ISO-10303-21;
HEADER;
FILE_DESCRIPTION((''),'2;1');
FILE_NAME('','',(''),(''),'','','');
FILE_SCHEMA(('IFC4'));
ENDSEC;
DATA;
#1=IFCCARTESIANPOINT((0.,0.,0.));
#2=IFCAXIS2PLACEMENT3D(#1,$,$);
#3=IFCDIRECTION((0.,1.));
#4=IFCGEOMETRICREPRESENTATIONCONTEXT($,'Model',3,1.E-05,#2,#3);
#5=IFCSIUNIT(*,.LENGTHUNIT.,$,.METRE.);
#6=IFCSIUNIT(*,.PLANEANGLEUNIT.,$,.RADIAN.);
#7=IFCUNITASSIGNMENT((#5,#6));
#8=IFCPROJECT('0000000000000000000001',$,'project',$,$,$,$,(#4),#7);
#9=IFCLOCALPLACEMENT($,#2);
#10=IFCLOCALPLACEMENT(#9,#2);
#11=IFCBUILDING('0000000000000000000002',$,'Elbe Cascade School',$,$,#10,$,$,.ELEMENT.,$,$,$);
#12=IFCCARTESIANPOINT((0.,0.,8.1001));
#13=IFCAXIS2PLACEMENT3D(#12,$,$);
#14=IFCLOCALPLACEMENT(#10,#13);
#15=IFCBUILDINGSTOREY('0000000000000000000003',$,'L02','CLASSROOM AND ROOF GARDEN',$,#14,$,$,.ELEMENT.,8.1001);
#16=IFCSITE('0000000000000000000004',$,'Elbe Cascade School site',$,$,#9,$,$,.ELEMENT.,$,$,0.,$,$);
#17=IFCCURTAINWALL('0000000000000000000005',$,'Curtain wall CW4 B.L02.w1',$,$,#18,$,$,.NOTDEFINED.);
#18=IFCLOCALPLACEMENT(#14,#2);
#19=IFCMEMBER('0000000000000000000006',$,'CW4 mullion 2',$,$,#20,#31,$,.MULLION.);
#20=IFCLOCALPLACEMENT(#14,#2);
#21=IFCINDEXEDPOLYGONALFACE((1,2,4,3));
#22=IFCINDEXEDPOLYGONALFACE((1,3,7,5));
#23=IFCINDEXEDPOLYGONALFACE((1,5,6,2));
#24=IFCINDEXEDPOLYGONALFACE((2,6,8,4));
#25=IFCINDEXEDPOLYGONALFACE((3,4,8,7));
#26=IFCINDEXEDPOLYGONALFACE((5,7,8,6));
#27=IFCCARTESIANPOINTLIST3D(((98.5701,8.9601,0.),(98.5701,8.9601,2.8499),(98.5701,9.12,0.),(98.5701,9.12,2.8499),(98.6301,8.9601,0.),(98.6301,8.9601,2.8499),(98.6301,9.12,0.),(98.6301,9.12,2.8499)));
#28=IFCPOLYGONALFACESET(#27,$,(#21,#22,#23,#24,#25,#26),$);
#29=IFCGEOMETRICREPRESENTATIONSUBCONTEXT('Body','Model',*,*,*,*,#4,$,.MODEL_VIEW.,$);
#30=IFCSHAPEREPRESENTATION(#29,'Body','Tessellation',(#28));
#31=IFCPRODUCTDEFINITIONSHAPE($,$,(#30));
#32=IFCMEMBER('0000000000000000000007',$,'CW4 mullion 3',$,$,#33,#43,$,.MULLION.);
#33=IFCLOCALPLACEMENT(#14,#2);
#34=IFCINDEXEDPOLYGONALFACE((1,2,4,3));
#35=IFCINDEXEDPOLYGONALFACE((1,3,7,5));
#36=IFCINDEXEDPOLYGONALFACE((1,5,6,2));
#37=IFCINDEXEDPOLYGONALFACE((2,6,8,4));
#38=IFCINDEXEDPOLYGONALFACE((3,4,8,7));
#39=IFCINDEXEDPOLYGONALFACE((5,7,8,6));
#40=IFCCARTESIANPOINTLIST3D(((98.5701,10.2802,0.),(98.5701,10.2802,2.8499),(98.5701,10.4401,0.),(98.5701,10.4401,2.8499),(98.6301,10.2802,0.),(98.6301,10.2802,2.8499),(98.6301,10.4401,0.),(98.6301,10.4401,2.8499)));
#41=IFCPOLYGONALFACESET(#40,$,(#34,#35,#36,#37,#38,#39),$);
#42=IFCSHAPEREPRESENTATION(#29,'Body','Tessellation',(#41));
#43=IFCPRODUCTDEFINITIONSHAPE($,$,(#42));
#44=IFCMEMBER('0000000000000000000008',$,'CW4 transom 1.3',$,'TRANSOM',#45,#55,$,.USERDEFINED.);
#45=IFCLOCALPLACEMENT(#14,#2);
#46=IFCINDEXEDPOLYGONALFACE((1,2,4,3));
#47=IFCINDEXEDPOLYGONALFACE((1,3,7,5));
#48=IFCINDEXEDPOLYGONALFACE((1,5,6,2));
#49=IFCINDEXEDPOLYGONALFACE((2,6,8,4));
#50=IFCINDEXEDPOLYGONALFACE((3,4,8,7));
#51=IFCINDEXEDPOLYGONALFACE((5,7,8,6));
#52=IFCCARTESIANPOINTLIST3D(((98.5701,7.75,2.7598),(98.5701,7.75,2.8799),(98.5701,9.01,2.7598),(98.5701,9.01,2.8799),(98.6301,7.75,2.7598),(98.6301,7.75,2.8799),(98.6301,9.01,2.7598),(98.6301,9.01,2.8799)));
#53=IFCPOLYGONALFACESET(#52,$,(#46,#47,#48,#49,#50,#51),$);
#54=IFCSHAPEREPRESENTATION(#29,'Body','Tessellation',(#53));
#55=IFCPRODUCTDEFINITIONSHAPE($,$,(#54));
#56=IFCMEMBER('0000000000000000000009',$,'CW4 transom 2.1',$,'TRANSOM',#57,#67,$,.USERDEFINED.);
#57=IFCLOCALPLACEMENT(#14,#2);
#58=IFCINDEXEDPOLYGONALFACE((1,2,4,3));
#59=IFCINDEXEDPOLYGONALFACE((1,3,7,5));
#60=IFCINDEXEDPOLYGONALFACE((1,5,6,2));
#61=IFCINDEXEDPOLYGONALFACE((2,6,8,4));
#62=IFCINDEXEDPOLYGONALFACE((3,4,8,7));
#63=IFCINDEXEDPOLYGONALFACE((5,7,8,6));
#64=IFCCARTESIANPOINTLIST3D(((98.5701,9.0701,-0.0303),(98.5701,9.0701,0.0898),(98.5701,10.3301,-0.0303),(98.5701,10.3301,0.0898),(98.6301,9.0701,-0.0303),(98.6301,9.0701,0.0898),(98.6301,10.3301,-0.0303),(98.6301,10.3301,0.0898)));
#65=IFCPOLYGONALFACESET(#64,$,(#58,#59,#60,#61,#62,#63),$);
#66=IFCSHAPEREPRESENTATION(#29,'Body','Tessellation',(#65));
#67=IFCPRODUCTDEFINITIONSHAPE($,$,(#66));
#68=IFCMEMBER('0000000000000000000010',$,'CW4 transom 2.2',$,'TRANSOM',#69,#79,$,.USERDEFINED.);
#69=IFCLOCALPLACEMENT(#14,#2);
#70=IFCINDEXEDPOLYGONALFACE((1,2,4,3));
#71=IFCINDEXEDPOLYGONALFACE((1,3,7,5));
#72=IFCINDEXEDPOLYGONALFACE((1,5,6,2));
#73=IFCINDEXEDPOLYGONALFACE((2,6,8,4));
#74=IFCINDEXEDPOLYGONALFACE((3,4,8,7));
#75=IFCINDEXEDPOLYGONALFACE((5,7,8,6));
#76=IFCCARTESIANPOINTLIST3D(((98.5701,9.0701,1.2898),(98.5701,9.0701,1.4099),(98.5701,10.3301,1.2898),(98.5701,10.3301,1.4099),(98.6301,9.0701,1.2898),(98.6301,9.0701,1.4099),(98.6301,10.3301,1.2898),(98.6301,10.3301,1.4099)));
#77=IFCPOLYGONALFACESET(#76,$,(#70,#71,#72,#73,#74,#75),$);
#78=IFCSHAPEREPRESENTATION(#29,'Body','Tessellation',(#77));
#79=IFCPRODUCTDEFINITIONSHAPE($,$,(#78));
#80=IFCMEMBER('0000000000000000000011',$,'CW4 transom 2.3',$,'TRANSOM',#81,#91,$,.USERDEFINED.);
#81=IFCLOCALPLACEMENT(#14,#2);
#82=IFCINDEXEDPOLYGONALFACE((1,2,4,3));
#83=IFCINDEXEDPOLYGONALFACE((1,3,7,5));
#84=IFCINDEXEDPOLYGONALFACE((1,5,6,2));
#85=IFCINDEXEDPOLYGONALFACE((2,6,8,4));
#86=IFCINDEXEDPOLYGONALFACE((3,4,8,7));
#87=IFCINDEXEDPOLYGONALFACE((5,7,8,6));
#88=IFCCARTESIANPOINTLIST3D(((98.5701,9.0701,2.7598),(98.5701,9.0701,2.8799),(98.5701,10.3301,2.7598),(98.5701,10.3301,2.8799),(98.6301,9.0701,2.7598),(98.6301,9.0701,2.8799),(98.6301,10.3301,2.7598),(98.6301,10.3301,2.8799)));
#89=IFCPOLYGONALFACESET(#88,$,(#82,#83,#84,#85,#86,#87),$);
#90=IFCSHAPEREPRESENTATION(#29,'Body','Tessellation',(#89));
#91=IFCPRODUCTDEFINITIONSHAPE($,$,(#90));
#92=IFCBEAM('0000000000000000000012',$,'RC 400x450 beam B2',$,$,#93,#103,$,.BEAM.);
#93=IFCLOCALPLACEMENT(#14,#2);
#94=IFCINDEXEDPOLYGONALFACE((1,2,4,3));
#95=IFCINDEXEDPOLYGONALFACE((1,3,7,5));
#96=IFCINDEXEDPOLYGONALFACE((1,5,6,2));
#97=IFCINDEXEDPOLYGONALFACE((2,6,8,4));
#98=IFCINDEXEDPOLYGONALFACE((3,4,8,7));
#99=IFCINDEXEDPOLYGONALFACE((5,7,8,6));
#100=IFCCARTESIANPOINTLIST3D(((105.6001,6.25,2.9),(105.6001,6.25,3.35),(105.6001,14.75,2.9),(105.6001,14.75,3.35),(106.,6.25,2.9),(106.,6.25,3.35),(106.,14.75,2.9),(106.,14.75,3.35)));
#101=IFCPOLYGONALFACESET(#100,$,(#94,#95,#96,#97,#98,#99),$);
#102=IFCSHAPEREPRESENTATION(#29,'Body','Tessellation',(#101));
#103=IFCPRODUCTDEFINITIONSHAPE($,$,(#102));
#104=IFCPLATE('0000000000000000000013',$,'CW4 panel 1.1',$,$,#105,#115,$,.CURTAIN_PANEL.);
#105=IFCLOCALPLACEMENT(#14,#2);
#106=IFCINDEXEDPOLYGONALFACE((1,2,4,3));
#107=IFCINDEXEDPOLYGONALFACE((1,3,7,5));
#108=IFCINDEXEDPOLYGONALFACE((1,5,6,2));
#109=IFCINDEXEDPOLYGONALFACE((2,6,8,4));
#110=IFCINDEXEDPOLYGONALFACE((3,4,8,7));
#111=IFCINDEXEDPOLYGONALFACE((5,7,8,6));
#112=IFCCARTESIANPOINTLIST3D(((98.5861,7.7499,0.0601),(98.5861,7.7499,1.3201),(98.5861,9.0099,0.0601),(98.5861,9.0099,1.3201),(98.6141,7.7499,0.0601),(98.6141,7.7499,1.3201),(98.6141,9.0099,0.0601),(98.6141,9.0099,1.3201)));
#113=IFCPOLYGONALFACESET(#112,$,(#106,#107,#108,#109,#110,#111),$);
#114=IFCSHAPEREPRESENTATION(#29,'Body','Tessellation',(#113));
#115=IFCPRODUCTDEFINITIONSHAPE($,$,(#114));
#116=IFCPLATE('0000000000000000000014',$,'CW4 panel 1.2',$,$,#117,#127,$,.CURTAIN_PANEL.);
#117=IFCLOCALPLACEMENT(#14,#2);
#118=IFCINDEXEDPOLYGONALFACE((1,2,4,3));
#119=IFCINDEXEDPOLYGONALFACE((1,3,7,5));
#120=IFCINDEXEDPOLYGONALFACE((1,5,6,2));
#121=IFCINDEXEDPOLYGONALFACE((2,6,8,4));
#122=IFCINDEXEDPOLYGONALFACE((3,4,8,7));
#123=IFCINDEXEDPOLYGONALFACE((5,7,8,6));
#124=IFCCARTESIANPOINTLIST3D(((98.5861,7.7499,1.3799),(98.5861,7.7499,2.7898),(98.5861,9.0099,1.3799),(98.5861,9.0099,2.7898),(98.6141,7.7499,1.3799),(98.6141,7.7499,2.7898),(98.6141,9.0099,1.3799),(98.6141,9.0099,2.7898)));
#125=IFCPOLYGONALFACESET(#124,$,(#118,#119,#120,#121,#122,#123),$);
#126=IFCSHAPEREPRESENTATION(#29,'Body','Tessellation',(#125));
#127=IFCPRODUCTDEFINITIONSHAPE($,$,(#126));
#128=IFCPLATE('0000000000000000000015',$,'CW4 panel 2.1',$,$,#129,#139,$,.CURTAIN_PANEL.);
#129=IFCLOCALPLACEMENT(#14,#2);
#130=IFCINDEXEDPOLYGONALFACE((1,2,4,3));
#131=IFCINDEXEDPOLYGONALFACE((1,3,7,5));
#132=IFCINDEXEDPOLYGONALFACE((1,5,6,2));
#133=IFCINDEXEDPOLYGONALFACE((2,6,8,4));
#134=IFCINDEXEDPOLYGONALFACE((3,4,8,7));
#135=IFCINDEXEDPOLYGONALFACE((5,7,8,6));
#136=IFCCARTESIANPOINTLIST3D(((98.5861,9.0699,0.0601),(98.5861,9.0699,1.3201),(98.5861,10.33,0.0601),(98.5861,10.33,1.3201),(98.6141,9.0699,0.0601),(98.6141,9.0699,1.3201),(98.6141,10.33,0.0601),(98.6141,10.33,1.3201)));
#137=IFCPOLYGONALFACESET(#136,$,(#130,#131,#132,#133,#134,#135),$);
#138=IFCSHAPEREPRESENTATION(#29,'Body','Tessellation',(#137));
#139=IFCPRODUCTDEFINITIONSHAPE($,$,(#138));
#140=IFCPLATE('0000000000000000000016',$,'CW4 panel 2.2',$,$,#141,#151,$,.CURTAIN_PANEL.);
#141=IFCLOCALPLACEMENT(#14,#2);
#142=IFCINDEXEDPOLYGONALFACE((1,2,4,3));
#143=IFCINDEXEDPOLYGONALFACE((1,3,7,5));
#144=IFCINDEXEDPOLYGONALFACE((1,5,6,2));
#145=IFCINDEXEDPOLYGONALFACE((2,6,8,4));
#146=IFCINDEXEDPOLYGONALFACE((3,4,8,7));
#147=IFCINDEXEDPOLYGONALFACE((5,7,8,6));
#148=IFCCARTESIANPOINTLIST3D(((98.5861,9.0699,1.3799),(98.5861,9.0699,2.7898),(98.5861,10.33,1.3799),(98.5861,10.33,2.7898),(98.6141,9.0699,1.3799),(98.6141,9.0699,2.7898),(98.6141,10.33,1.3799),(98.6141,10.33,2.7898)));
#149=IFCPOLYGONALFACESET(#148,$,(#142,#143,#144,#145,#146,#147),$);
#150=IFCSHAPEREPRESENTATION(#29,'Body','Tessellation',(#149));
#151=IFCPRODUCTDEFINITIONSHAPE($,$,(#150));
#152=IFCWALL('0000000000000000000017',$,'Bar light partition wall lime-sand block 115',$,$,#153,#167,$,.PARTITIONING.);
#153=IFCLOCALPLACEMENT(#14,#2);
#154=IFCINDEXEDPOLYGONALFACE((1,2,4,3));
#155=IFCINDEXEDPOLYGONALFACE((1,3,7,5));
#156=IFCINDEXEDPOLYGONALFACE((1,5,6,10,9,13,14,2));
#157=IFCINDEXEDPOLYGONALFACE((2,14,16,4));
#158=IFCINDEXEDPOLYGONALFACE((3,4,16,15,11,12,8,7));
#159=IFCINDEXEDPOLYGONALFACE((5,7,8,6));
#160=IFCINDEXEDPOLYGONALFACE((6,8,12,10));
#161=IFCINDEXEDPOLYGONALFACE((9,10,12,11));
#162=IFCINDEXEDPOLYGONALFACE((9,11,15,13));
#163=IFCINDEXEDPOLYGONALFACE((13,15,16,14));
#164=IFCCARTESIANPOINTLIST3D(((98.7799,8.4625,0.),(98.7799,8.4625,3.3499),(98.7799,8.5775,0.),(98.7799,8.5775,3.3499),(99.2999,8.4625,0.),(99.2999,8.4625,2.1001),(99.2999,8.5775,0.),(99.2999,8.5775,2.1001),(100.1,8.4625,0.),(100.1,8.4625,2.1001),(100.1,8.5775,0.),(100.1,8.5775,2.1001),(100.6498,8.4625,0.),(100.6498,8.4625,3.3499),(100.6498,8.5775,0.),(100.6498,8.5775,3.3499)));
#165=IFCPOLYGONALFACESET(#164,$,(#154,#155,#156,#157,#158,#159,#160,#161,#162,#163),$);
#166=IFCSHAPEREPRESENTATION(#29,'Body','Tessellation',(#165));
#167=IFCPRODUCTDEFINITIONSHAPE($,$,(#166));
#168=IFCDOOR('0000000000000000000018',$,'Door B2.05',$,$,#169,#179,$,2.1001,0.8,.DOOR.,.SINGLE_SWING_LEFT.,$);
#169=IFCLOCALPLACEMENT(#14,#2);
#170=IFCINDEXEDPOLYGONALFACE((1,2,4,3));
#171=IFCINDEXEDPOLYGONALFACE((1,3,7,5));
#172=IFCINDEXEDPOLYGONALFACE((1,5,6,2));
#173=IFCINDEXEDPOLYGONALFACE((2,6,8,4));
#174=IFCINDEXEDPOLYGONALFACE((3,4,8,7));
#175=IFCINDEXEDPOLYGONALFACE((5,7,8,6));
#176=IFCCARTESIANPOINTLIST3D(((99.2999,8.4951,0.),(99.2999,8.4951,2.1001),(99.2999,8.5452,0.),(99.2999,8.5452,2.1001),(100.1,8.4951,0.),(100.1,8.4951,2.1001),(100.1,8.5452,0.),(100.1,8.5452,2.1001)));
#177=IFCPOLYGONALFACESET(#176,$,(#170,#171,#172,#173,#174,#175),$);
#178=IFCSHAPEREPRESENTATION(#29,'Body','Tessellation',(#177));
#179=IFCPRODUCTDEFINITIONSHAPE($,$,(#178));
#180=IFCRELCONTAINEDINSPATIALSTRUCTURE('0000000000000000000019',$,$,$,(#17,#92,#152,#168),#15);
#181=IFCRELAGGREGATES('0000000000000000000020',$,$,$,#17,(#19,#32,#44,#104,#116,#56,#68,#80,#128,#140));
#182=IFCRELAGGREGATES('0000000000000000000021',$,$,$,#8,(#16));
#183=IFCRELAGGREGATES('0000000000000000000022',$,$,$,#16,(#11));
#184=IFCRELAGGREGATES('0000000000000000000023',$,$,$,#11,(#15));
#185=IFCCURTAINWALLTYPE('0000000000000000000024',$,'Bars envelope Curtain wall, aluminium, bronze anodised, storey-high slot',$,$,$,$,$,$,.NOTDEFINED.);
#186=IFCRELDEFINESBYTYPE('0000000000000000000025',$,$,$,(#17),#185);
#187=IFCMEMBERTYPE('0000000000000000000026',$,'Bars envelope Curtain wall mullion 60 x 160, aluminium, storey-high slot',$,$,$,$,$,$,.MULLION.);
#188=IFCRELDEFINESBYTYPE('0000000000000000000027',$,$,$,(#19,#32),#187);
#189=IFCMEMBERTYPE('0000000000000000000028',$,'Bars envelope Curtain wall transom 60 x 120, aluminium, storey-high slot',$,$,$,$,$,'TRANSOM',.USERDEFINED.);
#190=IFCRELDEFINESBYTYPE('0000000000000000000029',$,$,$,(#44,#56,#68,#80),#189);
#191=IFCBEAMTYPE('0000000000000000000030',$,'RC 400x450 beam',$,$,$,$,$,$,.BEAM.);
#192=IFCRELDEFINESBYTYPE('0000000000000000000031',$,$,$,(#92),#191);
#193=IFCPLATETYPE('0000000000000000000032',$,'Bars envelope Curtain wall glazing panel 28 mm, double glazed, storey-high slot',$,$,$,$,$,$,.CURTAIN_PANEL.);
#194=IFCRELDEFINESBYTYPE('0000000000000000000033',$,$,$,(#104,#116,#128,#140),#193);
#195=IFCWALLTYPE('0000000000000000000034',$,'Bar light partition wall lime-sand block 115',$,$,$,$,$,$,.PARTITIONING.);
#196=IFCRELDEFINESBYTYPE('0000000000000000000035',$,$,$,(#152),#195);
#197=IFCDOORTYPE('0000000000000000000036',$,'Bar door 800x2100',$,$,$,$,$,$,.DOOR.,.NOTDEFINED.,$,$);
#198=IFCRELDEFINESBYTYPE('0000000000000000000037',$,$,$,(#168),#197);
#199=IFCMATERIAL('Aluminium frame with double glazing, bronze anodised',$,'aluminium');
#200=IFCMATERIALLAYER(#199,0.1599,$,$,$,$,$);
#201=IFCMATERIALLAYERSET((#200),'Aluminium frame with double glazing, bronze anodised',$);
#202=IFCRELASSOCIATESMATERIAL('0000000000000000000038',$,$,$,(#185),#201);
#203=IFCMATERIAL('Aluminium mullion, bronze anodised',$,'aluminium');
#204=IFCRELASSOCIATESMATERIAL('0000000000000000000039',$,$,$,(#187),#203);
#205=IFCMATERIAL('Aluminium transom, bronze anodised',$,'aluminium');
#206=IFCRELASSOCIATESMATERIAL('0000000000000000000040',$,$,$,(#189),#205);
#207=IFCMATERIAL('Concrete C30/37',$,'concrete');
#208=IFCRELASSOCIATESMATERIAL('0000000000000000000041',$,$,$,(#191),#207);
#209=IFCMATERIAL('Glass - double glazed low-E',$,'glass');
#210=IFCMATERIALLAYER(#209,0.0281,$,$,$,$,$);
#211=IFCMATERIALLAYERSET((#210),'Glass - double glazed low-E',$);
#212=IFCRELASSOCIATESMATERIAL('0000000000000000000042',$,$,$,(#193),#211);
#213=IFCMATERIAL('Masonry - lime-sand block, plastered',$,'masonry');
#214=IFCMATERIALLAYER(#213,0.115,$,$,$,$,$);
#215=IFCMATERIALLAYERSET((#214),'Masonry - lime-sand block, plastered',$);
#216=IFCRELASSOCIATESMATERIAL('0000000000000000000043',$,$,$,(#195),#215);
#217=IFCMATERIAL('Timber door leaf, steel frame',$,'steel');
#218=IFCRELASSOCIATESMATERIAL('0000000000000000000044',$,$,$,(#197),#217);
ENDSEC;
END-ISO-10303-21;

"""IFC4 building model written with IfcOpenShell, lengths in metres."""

from ifc_helpers import new_model, si_unit, direction, frame, frame_2d, origin, origin_2d, place, context, subcontext, project, spatial, rectangle, extrude, material, layer, layer_set, material_profile, profile_set, type_object, element, fill, aggregate, save


model = new_model("IFC4")

# Units and contexts
model_context = context("Model", 3, precision=1e-05, world=origin(), true_north=direction((0.0, 1.0)))
body_context = subcontext(model_context, "Body", "Model", "MODEL_VIEW")
ifc_project = project(units=[si_unit("LENGTHUNIT", "METRE"), si_unit("PLANEANGLEUNIT", "RADIAN")], contexts=[model_context])

# Site, building, storey
site_placement = place(None, origin())
site = spatial("IfcSite", under=ifc_project, at=site_placement, Name="Elbe Cascade School site", CompositionType="ELEMENT", RefElevation=0.0)
building_placement = place(site_placement, origin())
building = spatial("IfcBuilding", under=site, at=building_placement, Name="Elbe Cascade School", CompositionType="ELEMENT")
storey_placement = place(building_placement, frame((0.0, 0.0, 8.1001)))
storey = spatial("IfcBuildingStorey", under=building, at=storey_placement, Name="L02", Description="CLASSROOM AND ROOF GARDEN", CompositionType="ELEMENT", Elevation=8.1001)

# Curtain wall, members
ifc_material_1 = material(Name="Aluminium frame with double glazing, bronze anodised", Category="aluminium")
ifc_layer_1 = layer(ifc_material_1, 0.1599)
ifc_layer_set_1 = layer_set([ifc_layer_1], Name="Aluminium frame with double glazing, bronze anodised")
curtain_wall_type = type_object("IfcCurtainWallType", Name="Bars envelope Curtain wall, aluminium, bronze anodised, storey-high slot", PredefinedType="NOTDEFINED", material=ifc_layer_set_1)
curtain_wall_placement = place(storey_placement, origin())
curtain_wall = element("IfcCurtainWall", 1, at=curtain_wall_placement, inside=storey, type_object=curtain_wall_type, Name="Curtain wall CW4 B.L02.w1", PredefinedType="NOTDEFINED")
ifc_material_2 = material(Name="Aluminium mullion, bronze anodised", Category="aluminium")
ifc_material_profile_1 = material_profile(ifc_material_2, rectangle(XDim=0.0601, YDim=0.1599, at=origin_2d()), Name="Bars envelope Curtain wall mullion 60 x 160, aluminium, storey-high slot")
ifc_profile_set_1 = profile_set([ifc_material_profile_1], Name="Aluminium mullion, bronze anodised")
member_type_1 = type_object("IfcMemberType", Name="Bars envelope Curtain wall mullion 60 x 160, aluminium, storey-high slot", PredefinedType="MULLION", material=ifc_profile_set_1)
member_1_placement = place(storey_placement, frame((98.6001, 9.04, 0.0), z_axis=(0.0, 0.0, 1.0), x_axis=(-1.0, 0.0, 0.0)))
member_1 = element("IfcMember", 2, at=member_1_placement, type_object=member_type_1, Name="CW4 mullion 2", PredefinedType="MULLION", context=body_context, shape_type="SweptSolid", body=[
    extrude(rectangle(XDim=0.0601, YDim=0.1599, at=origin_2d()), origin(), (0.0, 0.0, 1.0), 2.8499),
])
member_2_placement = place(storey_placement, frame((98.6001, 10.3601, 0.0), z_axis=(0.0, 0.0, 1.0), x_axis=(-1.0, 0.0, 0.0)))
member_2 = element("IfcMember", 3, at=member_2_placement, type_object=member_type_1, Name="CW4 mullion 3", PredefinedType="MULLION", context=body_context, shape_type="SweptSolid", body=[
    extrude(rectangle(XDim=0.0601, YDim=0.1599, at=origin_2d()), origin(), (0.0, 0.0, 1.0), 2.8499),
])
ifc_material_3 = material(Name="Aluminium transom, bronze anodised", Category="aluminium")
ifc_material_profile_2 = material_profile(ifc_material_3, rectangle(XDim=0.0601, YDim=0.1201, at=origin_2d()), Name="Bars envelope Curtain wall transom 60 x 120, aluminium, storey-high slot")
ifc_profile_set_2 = profile_set([ifc_material_profile_2], Name="Aluminium transom, bronze anodised")
member_type_2 = type_object("IfcMemberType", Name="Bars envelope Curtain wall transom 60 x 120, aluminium, storey-high slot", ElementType="TRANSOM", PredefinedType="USERDEFINED", material=ifc_profile_set_2)
member_3_placement = place(storey_placement, frame((98.6001, 7.75, 2.8198), z_axis=(0.0, 1.0, 0.0), x_axis=(-1.0, 0.0, 0.0)))
member_3 = element("IfcMember", 4, at=member_3_placement, type_object=member_type_2, Name="CW4 transom 1.3", ObjectType="TRANSOM", PredefinedType="USERDEFINED", context=body_context, shape_type="SweptSolid", body=[
    extrude(rectangle(XDim=0.0601, YDim=0.1201, at=origin_2d()), origin(), (0.0, 0.0, 1.0), 1.26),
])
member_4_placement = place(storey_placement, frame((98.6001, 9.0701, 0.0298), z_axis=(0.0, 1.0, 0.0), x_axis=(-1.0, 0.0, 0.0)))
member_4 = element("IfcMember", 5, at=member_4_placement, type_object=member_type_2, Name="CW4 transom 2.1", ObjectType="TRANSOM", PredefinedType="USERDEFINED", context=body_context, shape_type="SweptSolid", body=[
    extrude(rectangle(XDim=0.0601, YDim=0.1201, at=origin_2d()), origin(), (0.0, 0.0, 1.0), 1.26),
])
member_5_placement = place(storey_placement, frame((98.6001, 9.0701, 1.3499), z_axis=(0.0, 1.0, 0.0), x_axis=(-1.0, 0.0, 0.0)))
member_5 = element("IfcMember", 6, at=member_5_placement, type_object=member_type_2, Name="CW4 transom 2.2", ObjectType="TRANSOM", PredefinedType="USERDEFINED", context=body_context, shape_type="SweptSolid", body=[
    extrude(rectangle(XDim=0.0601, YDim=0.1201, at=origin_2d()), origin(), (0.0, 0.0, 1.0), 1.26),
])
member_6_placement = place(storey_placement, frame((98.6001, 9.0701, 2.8198), z_axis=(0.0, 1.0, 0.0), x_axis=(-1.0, 0.0, 0.0)))
member_6 = element("IfcMember", 7, at=member_6_placement, type_object=member_type_2, Name="CW4 transom 2.3", ObjectType="TRANSOM", PredefinedType="USERDEFINED", context=body_context, shape_type="SweptSolid", body=[
    extrude(rectangle(XDim=0.0601, YDim=0.1201, at=origin_2d()), origin(), (0.0, 0.0, 1.0), 1.26),
])

# Beam
ifc_material_4 = material(Name="Concrete C30/37", Category="concrete")
ifc_material_profile_3 = material_profile(ifc_material_4, rectangle(XDim=0.3999, YDim=0.45, at=origin_2d()), Name="RC 400x450")
ifc_profile_set_3 = profile_set([ifc_material_profile_3], Name="Concrete C30/37")
beam_type = type_object("IfcBeamType", Name="RC 400x450 beam", PredefinedType="BEAM", material=ifc_profile_set_3)
beam_placement = place(storey_placement, frame((105.8, 6.25, 3.125), z_axis=(0.0, 1.0, 0.0), x_axis=(-1.0, 0.0, 0.0)))
element("IfcBeam", 8, at=beam_placement, inside=storey, type_object=beam_type, Name="RC 400x450 beam B2", PredefinedType="BEAM", context=body_context, shape_type="SweptSolid", body=[
    extrude(rectangle(XDim=0.3999, YDim=0.45, at=origin_2d()), origin(), (0.0, 0.0, 1.0), 8.5),
])

# Plates
ifc_material_5 = material(Name="Glass - double glazed low-E", Category="glass")
ifc_layer_2 = layer(ifc_material_5, 0.0281)
ifc_layer_set_2 = layer_set([ifc_layer_2], Name="Glass - double glazed low-E")
plate_type = type_object("IfcPlateType", Name="Bars envelope Curtain wall glazing panel 28 mm, double glazed, storey-high slot", PredefinedType="CURTAIN_PANEL", material=ifc_layer_set_2)
plate_1_placement = place(storey_placement, frame((98.6001, 8.3799, 0.0601), z_axis=(0.0, 0.0, 1.0), x_axis=(0.0, 1.0, 0.0)))
plate_1 = element("IfcPlate", 9, at=plate_1_placement, type_object=plate_type, Name="CW4 panel 1.1", PredefinedType="CURTAIN_PANEL", context=body_context, shape_type="SweptSolid", body=[
    extrude(rectangle(XDim=1.26, YDim=0.0281, at=origin_2d()), origin(), (0.0, 0.0, 1.0), 1.26),
])
plate_2_placement = place(storey_placement, frame((98.6001, 8.3799, 1.3799), z_axis=(0.0, 0.0, 1.0), x_axis=(0.0, 1.0, 0.0)))
plate_2 = element("IfcPlate", 10, at=plate_2_placement, type_object=plate_type, Name="CW4 panel 1.2", PredefinedType="CURTAIN_PANEL", context=body_context, shape_type="SweptSolid", body=[
    extrude(rectangle(XDim=1.26, YDim=0.0281, at=origin_2d()), origin(), (0.0, 0.0, 1.0), 1.4099),
])
plate_3_placement = place(storey_placement, frame((98.6001, 9.7, 0.0601), z_axis=(0.0, 0.0, 1.0), x_axis=(0.0, 1.0, 0.0)))
plate_3 = element("IfcPlate", 11, at=plate_3_placement, type_object=plate_type, Name="CW4 panel 2.1", PredefinedType="CURTAIN_PANEL", context=body_context, shape_type="SweptSolid", body=[
    extrude(rectangle(XDim=1.26, YDim=0.0281, at=origin_2d()), origin(), (0.0, 0.0, 1.0), 1.26),
])
plate_4_placement = place(storey_placement, frame((98.6001, 9.7, 1.3799), z_axis=(0.0, 0.0, 1.0), x_axis=(0.0, 1.0, 0.0)))
plate_4 = element("IfcPlate", 12, at=plate_4_placement, type_object=plate_type, Name="CW4 panel 2.2", PredefinedType="CURTAIN_PANEL", context=body_context, shape_type="SweptSolid", body=[
    extrude(rectangle(XDim=1.26, YDim=0.0281, at=origin_2d()), origin(), (0.0, 0.0, 1.0), 1.4099),
])
aggregate(curtain_wall, [member_1, member_2, member_3, plate_1, plate_2, member_4, member_5, member_6, plate_3, plate_4])

# Wall, opening, door
ifc_material_6 = material(Name="Masonry - lime-sand block, plastered", Category="masonry")
ifc_layer_3 = layer(ifc_material_6, 0.115)
ifc_layer_set_3 = layer_set([ifc_layer_3], Name="Masonry - lime-sand block, plastered")
wall_type_1 = type_object("IfcWallType", Name="Bar light partition wall lime-sand block 115", PredefinedType="PARTITIONING", material=ifc_layer_set_3)
wall_1_placement = place(storey_placement, frame((100.6499, 8.52, 0.0), z_axis=(0.0, 0.0, 1.0), x_axis=(-1.0, 0.0, 0.0)))
wall_1 = element("IfcWall", 13, at=wall_1_placement, inside=storey, type_object=wall_type_1, Name="Bar light partition wall lime-sand block 115", PredefinedType="PARTITIONING", context=body_context, shape_type="SweptSolid", body=[
    extrude(rectangle(XDim=1.8699, YDim=0.115, at=frame_2d((0.9351, 0.0))), origin(), (0.0, 0.0, 1.0), 3.3499),
])
opening_1_placement = place(wall_1_placement, frame((0.55, 0.0, 0.0)))
opening_1 = element("IfcOpeningElement", 14, at=opening_1_placement, cuts=wall_1, PredefinedType="OPENING", context=body_context, shape_type="SweptSolid", body=[
    extrude(rectangle(XDim=0.8, YDim=2.1001, at=frame_2d((0.3999, 1.05))), frame((0.0, 0.0674, 0.0), z_axis=(0.0, -1.0, 0.0), x_axis=(1.0, 0.0, 0.0)), (0.0, 0.0, 1.0), 0.135),
])
ifc_material_7 = material(Name="Timber door leaf, steel frame", Category="steel")
door_type_1 = type_object("IfcDoorType", Name="Bar door 800x2100", OperationType="NOTDEFINED", PredefinedType="DOOR", material=ifc_material_7)
door_1_placement = place(opening_1_placement, origin())
door_1 = element("IfcDoor", 15, at=door_1_placement, inside=storey, type_object=door_type_1, Name="Door B2.05", OperationType="SINGLE_SWING_LEFT", OverallHeight=2.1001, OverallWidth=0.8, PredefinedType="DOOR", context=body_context, shape_type="SweptSolid", body=[
    extrude(rectangle(XDim=0.8, YDim=2.1001, at=frame_2d((0.3999, 1.05))), frame((0.0, 0.0249, 0.0), z_axis=(0.0, -1.0, 0.0), x_axis=(1.0, 0.0, 0.0)), (0.0, 0.0, 1.0), 0.05),
])
fill(opening_1, door_1)

save(model, "model.ifc")
